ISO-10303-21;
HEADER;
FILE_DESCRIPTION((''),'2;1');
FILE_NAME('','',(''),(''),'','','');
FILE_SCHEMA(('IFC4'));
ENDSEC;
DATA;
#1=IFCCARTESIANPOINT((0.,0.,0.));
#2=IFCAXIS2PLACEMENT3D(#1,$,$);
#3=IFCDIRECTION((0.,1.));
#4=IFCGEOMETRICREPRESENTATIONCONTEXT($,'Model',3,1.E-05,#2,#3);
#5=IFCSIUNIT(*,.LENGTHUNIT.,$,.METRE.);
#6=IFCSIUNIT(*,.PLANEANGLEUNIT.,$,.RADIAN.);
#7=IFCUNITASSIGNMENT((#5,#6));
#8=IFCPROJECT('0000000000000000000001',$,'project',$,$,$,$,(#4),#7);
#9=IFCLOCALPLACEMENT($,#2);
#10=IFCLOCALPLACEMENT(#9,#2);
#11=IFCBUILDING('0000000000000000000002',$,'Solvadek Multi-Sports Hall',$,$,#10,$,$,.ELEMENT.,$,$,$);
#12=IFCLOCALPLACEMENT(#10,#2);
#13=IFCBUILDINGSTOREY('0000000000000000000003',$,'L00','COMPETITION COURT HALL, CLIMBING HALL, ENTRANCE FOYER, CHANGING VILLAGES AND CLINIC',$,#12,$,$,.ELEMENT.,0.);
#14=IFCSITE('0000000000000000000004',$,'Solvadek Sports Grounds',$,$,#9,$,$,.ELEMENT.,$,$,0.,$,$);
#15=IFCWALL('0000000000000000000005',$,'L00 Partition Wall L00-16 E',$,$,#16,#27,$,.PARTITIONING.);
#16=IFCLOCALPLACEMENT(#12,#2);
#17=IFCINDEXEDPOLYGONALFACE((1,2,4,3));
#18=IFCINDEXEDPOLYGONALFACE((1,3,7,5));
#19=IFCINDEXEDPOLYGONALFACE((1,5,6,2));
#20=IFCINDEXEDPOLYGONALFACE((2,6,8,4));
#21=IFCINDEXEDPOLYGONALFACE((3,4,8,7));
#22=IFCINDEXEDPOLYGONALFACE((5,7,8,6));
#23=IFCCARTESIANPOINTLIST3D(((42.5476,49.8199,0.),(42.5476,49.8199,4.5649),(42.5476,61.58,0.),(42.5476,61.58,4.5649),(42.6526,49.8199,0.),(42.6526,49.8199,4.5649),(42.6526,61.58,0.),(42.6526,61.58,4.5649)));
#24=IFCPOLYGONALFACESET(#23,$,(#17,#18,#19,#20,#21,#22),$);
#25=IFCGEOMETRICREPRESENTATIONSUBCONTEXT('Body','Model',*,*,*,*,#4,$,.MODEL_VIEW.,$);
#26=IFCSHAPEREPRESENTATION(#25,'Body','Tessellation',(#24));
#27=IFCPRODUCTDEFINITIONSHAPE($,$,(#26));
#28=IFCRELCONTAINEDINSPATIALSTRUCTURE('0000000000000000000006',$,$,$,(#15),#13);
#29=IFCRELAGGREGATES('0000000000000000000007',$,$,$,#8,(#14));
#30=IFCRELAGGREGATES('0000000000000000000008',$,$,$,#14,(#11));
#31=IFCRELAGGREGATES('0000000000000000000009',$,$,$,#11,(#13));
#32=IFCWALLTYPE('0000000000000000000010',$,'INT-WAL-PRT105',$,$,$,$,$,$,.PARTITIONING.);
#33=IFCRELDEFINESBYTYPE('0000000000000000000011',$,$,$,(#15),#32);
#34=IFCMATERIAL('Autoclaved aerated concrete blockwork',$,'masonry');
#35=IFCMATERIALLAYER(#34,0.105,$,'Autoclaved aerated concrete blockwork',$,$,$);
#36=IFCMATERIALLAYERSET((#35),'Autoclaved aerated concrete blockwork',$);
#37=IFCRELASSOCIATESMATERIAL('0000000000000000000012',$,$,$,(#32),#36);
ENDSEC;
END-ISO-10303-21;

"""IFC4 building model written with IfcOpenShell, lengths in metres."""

from ifc_helpers import new_model, si_unit, direction, frame, frame_2d, origin, place, context, subcontext, project, spatial, rectangle, extrude, material, layer, layer_set, type_object, element, save


model = new_model("IFC4")

# Units and contexts
model_context = context("Model", 3, precision=1e-05, world=origin(), true_north=direction((0.0, 1.0)))
body_context = subcontext(model_context, "Body", "Model", "MODEL_VIEW")
ifc_project = project(units=[si_unit("LENGTHUNIT", "METRE"), si_unit("PLANEANGLEUNIT", "RADIAN")], contexts=[model_context])

# Site, building, storey
site_placement = place(None, origin())
site = spatial("IfcSite", under=ifc_project, at=site_placement, Name="Solvadek Sports Grounds", CompositionType="ELEMENT", RefElevation=0.0)
building_placement = place(site_placement, origin())
building = spatial("IfcBuilding", under=site, at=building_placement, Name="Solvadek Multi-Sports Hall", CompositionType="ELEMENT")
storey_placement = place(building_placement, origin())
storey = spatial("IfcBuildingStorey", under=building, at=storey_placement, Name="L00", Description="COMPETITION COURT HALL, CLIMBING HALL, ENTRANCE FOYER, CHANGING VILLAGES AND CLINIC", CompositionType="ELEMENT", Elevation=0.0)

# Wall
ifc_material_1 = material(Name="Autoclaved aerated concrete blockwork", Category="masonry")
ifc_layer_1 = layer(ifc_material_1, 0.105, Name="Autoclaved aerated concrete blockwork")
ifc_layer_set_1 = layer_set([ifc_layer_1], Name="Autoclaved aerated concrete blockwork")
wall_type_1 = type_object("IfcWallType", Name="INT-WAL-PRT105", PredefinedType="PARTITIONING", material=ifc_layer_set_1)
wall_1_placement = place(storey_placement, frame((42.6001, 49.8201, 0.0), z_axis=(0.0, 0.0, 1.0), x_axis=(0.0, 1.0, 0.0)))
element("IfcWall", 1, at=wall_1_placement, inside=storey, type_object=wall_type_1, Name="L00 Partition Wall L00-16 E", PredefinedType="PARTITIONING", context=body_context, shape_type="SweptSolid", body=[
    extrude(rectangle(XDim=11.76, YDim=0.105, at=frame_2d((5.8799, 0.0))), origin(), (0.0, 0.0, 1.0), 4.5649),
])

save(model, "model.ifc")
